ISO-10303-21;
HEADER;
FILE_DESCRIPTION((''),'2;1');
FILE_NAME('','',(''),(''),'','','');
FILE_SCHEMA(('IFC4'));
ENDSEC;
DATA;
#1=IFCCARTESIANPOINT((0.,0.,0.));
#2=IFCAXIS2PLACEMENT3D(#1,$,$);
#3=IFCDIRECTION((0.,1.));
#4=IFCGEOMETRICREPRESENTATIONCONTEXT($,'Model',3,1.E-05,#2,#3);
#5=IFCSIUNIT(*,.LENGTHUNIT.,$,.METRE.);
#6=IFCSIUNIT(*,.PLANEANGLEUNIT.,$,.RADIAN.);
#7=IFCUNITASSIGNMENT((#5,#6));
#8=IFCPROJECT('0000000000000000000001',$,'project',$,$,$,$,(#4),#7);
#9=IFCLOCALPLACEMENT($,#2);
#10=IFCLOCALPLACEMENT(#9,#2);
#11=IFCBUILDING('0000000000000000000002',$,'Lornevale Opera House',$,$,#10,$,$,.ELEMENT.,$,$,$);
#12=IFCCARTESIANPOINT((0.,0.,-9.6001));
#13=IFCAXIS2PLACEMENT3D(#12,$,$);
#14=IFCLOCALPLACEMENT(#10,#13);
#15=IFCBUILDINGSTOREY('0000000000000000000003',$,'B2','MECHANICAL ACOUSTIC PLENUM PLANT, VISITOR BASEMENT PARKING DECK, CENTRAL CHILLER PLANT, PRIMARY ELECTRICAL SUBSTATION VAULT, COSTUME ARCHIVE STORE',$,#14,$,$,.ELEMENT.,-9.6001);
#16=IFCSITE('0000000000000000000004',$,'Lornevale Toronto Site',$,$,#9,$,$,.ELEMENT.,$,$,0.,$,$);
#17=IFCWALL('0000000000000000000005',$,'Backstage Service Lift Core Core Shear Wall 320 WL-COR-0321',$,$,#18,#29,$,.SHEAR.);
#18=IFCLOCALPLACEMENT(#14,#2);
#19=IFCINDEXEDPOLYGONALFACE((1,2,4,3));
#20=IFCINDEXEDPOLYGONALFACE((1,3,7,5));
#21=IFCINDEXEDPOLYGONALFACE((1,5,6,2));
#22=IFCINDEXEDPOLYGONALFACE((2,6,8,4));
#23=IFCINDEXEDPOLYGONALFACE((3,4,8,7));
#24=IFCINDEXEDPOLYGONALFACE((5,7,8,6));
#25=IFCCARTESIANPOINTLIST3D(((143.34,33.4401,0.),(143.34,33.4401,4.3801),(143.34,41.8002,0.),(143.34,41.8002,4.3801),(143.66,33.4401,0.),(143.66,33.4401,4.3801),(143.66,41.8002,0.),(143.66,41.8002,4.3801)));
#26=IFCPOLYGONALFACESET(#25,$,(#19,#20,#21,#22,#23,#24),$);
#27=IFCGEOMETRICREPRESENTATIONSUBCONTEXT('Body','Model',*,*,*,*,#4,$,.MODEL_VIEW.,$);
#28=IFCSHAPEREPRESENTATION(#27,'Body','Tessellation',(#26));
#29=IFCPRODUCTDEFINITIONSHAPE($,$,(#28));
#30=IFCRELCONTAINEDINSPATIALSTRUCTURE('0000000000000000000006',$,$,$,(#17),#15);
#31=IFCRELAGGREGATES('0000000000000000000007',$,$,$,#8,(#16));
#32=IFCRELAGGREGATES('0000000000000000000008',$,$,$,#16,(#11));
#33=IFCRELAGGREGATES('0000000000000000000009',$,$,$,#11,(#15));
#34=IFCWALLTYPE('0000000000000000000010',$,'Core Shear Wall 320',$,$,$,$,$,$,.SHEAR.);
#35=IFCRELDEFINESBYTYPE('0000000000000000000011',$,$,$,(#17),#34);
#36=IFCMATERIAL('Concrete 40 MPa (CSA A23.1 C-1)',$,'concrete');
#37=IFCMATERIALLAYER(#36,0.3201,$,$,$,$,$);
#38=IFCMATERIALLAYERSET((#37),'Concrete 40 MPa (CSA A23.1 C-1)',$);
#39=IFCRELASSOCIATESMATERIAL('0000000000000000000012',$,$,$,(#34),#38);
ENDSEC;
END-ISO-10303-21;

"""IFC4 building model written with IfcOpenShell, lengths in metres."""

from ifc_helpers import new_model, si_unit, direction, frame, frame_2d, origin, place, context, subcontext, project, spatial, rectangle, extrude, material, layer, layer_set, type_object, element, save


model = new_model("IFC4")

# Units and contexts
model_context = context("Model", 3, precision=1e-05, world=origin(), true_north=direction((0.0, 1.0)))
body_context = subcontext(model_context, "Body", "Model", "MODEL_VIEW")
ifc_project = project(units=[si_unit("LENGTHUNIT", "METRE"), si_unit("PLANEANGLEUNIT", "RADIAN")], contexts=[model_context])

# Site, building, storey
site_placement = place(None, origin())
site = spatial("IfcSite", under=ifc_project, at=site_placement, Name="Lornevale Toronto Site", CompositionType="ELEMENT", RefElevation=0.0)
building_placement = place(site_placement, origin())
building = spatial("IfcBuilding", under=site, at=building_placement, Name="Lornevale Opera House", CompositionType="ELEMENT")
storey_placement = place(building_placement, frame((0.0, 0.0, -9.6001)))
storey = spatial("IfcBuildingStorey", under=building, at=storey_placement, Name="B2", Description="MECHANICAL ACOUSTIC PLENUM PLANT, VISITOR BASEMENT PARKING DECK, CENTRAL CHILLER PLANT, PRIMARY ELECTRICAL SUBSTATION VAULT, COSTUME ARCHIVE STORE", CompositionType="ELEMENT", Elevation=-9.6001)

# Shared definitions
ifc_material_1 = material(Name="Concrete 40 MPa (CSA A23.1 C-1)", Category="concrete")

# Wall
ifc_layer_1 = layer(ifc_material_1, 0.3201)
ifc_layer_set_1 = layer_set([ifc_layer_1], Name="Concrete 40 MPa (CSA A23.1 C-1)")
wall_type_1 = type_object("IfcWallType", Name="Core Shear Wall 320", PredefinedType="SHEAR", material=ifc_layer_set_1)
wall_placement = place(storey_placement, frame((143.5, 33.4399, 0.0), z_axis=(0.0, 0.0, 1.0), x_axis=(0.0, 1.0, 0.0)))
element("IfcWall", 1, at=wall_placement, inside=storey, type_object=wall_type_1, Name="Backstage Service Lift Core Core Shear Wall 320 WL-COR-0321", PredefinedType="SHEAR", context=body_context, shape_type="SweptSolid", body=[
    extrude(rectangle(XDim=8.3601, YDim=0.3201, at=frame_2d((4.1802, 0.0))), origin(), (0.0, 0.0, 1.0), 4.3801),
])

save(model, "model.ifc")
